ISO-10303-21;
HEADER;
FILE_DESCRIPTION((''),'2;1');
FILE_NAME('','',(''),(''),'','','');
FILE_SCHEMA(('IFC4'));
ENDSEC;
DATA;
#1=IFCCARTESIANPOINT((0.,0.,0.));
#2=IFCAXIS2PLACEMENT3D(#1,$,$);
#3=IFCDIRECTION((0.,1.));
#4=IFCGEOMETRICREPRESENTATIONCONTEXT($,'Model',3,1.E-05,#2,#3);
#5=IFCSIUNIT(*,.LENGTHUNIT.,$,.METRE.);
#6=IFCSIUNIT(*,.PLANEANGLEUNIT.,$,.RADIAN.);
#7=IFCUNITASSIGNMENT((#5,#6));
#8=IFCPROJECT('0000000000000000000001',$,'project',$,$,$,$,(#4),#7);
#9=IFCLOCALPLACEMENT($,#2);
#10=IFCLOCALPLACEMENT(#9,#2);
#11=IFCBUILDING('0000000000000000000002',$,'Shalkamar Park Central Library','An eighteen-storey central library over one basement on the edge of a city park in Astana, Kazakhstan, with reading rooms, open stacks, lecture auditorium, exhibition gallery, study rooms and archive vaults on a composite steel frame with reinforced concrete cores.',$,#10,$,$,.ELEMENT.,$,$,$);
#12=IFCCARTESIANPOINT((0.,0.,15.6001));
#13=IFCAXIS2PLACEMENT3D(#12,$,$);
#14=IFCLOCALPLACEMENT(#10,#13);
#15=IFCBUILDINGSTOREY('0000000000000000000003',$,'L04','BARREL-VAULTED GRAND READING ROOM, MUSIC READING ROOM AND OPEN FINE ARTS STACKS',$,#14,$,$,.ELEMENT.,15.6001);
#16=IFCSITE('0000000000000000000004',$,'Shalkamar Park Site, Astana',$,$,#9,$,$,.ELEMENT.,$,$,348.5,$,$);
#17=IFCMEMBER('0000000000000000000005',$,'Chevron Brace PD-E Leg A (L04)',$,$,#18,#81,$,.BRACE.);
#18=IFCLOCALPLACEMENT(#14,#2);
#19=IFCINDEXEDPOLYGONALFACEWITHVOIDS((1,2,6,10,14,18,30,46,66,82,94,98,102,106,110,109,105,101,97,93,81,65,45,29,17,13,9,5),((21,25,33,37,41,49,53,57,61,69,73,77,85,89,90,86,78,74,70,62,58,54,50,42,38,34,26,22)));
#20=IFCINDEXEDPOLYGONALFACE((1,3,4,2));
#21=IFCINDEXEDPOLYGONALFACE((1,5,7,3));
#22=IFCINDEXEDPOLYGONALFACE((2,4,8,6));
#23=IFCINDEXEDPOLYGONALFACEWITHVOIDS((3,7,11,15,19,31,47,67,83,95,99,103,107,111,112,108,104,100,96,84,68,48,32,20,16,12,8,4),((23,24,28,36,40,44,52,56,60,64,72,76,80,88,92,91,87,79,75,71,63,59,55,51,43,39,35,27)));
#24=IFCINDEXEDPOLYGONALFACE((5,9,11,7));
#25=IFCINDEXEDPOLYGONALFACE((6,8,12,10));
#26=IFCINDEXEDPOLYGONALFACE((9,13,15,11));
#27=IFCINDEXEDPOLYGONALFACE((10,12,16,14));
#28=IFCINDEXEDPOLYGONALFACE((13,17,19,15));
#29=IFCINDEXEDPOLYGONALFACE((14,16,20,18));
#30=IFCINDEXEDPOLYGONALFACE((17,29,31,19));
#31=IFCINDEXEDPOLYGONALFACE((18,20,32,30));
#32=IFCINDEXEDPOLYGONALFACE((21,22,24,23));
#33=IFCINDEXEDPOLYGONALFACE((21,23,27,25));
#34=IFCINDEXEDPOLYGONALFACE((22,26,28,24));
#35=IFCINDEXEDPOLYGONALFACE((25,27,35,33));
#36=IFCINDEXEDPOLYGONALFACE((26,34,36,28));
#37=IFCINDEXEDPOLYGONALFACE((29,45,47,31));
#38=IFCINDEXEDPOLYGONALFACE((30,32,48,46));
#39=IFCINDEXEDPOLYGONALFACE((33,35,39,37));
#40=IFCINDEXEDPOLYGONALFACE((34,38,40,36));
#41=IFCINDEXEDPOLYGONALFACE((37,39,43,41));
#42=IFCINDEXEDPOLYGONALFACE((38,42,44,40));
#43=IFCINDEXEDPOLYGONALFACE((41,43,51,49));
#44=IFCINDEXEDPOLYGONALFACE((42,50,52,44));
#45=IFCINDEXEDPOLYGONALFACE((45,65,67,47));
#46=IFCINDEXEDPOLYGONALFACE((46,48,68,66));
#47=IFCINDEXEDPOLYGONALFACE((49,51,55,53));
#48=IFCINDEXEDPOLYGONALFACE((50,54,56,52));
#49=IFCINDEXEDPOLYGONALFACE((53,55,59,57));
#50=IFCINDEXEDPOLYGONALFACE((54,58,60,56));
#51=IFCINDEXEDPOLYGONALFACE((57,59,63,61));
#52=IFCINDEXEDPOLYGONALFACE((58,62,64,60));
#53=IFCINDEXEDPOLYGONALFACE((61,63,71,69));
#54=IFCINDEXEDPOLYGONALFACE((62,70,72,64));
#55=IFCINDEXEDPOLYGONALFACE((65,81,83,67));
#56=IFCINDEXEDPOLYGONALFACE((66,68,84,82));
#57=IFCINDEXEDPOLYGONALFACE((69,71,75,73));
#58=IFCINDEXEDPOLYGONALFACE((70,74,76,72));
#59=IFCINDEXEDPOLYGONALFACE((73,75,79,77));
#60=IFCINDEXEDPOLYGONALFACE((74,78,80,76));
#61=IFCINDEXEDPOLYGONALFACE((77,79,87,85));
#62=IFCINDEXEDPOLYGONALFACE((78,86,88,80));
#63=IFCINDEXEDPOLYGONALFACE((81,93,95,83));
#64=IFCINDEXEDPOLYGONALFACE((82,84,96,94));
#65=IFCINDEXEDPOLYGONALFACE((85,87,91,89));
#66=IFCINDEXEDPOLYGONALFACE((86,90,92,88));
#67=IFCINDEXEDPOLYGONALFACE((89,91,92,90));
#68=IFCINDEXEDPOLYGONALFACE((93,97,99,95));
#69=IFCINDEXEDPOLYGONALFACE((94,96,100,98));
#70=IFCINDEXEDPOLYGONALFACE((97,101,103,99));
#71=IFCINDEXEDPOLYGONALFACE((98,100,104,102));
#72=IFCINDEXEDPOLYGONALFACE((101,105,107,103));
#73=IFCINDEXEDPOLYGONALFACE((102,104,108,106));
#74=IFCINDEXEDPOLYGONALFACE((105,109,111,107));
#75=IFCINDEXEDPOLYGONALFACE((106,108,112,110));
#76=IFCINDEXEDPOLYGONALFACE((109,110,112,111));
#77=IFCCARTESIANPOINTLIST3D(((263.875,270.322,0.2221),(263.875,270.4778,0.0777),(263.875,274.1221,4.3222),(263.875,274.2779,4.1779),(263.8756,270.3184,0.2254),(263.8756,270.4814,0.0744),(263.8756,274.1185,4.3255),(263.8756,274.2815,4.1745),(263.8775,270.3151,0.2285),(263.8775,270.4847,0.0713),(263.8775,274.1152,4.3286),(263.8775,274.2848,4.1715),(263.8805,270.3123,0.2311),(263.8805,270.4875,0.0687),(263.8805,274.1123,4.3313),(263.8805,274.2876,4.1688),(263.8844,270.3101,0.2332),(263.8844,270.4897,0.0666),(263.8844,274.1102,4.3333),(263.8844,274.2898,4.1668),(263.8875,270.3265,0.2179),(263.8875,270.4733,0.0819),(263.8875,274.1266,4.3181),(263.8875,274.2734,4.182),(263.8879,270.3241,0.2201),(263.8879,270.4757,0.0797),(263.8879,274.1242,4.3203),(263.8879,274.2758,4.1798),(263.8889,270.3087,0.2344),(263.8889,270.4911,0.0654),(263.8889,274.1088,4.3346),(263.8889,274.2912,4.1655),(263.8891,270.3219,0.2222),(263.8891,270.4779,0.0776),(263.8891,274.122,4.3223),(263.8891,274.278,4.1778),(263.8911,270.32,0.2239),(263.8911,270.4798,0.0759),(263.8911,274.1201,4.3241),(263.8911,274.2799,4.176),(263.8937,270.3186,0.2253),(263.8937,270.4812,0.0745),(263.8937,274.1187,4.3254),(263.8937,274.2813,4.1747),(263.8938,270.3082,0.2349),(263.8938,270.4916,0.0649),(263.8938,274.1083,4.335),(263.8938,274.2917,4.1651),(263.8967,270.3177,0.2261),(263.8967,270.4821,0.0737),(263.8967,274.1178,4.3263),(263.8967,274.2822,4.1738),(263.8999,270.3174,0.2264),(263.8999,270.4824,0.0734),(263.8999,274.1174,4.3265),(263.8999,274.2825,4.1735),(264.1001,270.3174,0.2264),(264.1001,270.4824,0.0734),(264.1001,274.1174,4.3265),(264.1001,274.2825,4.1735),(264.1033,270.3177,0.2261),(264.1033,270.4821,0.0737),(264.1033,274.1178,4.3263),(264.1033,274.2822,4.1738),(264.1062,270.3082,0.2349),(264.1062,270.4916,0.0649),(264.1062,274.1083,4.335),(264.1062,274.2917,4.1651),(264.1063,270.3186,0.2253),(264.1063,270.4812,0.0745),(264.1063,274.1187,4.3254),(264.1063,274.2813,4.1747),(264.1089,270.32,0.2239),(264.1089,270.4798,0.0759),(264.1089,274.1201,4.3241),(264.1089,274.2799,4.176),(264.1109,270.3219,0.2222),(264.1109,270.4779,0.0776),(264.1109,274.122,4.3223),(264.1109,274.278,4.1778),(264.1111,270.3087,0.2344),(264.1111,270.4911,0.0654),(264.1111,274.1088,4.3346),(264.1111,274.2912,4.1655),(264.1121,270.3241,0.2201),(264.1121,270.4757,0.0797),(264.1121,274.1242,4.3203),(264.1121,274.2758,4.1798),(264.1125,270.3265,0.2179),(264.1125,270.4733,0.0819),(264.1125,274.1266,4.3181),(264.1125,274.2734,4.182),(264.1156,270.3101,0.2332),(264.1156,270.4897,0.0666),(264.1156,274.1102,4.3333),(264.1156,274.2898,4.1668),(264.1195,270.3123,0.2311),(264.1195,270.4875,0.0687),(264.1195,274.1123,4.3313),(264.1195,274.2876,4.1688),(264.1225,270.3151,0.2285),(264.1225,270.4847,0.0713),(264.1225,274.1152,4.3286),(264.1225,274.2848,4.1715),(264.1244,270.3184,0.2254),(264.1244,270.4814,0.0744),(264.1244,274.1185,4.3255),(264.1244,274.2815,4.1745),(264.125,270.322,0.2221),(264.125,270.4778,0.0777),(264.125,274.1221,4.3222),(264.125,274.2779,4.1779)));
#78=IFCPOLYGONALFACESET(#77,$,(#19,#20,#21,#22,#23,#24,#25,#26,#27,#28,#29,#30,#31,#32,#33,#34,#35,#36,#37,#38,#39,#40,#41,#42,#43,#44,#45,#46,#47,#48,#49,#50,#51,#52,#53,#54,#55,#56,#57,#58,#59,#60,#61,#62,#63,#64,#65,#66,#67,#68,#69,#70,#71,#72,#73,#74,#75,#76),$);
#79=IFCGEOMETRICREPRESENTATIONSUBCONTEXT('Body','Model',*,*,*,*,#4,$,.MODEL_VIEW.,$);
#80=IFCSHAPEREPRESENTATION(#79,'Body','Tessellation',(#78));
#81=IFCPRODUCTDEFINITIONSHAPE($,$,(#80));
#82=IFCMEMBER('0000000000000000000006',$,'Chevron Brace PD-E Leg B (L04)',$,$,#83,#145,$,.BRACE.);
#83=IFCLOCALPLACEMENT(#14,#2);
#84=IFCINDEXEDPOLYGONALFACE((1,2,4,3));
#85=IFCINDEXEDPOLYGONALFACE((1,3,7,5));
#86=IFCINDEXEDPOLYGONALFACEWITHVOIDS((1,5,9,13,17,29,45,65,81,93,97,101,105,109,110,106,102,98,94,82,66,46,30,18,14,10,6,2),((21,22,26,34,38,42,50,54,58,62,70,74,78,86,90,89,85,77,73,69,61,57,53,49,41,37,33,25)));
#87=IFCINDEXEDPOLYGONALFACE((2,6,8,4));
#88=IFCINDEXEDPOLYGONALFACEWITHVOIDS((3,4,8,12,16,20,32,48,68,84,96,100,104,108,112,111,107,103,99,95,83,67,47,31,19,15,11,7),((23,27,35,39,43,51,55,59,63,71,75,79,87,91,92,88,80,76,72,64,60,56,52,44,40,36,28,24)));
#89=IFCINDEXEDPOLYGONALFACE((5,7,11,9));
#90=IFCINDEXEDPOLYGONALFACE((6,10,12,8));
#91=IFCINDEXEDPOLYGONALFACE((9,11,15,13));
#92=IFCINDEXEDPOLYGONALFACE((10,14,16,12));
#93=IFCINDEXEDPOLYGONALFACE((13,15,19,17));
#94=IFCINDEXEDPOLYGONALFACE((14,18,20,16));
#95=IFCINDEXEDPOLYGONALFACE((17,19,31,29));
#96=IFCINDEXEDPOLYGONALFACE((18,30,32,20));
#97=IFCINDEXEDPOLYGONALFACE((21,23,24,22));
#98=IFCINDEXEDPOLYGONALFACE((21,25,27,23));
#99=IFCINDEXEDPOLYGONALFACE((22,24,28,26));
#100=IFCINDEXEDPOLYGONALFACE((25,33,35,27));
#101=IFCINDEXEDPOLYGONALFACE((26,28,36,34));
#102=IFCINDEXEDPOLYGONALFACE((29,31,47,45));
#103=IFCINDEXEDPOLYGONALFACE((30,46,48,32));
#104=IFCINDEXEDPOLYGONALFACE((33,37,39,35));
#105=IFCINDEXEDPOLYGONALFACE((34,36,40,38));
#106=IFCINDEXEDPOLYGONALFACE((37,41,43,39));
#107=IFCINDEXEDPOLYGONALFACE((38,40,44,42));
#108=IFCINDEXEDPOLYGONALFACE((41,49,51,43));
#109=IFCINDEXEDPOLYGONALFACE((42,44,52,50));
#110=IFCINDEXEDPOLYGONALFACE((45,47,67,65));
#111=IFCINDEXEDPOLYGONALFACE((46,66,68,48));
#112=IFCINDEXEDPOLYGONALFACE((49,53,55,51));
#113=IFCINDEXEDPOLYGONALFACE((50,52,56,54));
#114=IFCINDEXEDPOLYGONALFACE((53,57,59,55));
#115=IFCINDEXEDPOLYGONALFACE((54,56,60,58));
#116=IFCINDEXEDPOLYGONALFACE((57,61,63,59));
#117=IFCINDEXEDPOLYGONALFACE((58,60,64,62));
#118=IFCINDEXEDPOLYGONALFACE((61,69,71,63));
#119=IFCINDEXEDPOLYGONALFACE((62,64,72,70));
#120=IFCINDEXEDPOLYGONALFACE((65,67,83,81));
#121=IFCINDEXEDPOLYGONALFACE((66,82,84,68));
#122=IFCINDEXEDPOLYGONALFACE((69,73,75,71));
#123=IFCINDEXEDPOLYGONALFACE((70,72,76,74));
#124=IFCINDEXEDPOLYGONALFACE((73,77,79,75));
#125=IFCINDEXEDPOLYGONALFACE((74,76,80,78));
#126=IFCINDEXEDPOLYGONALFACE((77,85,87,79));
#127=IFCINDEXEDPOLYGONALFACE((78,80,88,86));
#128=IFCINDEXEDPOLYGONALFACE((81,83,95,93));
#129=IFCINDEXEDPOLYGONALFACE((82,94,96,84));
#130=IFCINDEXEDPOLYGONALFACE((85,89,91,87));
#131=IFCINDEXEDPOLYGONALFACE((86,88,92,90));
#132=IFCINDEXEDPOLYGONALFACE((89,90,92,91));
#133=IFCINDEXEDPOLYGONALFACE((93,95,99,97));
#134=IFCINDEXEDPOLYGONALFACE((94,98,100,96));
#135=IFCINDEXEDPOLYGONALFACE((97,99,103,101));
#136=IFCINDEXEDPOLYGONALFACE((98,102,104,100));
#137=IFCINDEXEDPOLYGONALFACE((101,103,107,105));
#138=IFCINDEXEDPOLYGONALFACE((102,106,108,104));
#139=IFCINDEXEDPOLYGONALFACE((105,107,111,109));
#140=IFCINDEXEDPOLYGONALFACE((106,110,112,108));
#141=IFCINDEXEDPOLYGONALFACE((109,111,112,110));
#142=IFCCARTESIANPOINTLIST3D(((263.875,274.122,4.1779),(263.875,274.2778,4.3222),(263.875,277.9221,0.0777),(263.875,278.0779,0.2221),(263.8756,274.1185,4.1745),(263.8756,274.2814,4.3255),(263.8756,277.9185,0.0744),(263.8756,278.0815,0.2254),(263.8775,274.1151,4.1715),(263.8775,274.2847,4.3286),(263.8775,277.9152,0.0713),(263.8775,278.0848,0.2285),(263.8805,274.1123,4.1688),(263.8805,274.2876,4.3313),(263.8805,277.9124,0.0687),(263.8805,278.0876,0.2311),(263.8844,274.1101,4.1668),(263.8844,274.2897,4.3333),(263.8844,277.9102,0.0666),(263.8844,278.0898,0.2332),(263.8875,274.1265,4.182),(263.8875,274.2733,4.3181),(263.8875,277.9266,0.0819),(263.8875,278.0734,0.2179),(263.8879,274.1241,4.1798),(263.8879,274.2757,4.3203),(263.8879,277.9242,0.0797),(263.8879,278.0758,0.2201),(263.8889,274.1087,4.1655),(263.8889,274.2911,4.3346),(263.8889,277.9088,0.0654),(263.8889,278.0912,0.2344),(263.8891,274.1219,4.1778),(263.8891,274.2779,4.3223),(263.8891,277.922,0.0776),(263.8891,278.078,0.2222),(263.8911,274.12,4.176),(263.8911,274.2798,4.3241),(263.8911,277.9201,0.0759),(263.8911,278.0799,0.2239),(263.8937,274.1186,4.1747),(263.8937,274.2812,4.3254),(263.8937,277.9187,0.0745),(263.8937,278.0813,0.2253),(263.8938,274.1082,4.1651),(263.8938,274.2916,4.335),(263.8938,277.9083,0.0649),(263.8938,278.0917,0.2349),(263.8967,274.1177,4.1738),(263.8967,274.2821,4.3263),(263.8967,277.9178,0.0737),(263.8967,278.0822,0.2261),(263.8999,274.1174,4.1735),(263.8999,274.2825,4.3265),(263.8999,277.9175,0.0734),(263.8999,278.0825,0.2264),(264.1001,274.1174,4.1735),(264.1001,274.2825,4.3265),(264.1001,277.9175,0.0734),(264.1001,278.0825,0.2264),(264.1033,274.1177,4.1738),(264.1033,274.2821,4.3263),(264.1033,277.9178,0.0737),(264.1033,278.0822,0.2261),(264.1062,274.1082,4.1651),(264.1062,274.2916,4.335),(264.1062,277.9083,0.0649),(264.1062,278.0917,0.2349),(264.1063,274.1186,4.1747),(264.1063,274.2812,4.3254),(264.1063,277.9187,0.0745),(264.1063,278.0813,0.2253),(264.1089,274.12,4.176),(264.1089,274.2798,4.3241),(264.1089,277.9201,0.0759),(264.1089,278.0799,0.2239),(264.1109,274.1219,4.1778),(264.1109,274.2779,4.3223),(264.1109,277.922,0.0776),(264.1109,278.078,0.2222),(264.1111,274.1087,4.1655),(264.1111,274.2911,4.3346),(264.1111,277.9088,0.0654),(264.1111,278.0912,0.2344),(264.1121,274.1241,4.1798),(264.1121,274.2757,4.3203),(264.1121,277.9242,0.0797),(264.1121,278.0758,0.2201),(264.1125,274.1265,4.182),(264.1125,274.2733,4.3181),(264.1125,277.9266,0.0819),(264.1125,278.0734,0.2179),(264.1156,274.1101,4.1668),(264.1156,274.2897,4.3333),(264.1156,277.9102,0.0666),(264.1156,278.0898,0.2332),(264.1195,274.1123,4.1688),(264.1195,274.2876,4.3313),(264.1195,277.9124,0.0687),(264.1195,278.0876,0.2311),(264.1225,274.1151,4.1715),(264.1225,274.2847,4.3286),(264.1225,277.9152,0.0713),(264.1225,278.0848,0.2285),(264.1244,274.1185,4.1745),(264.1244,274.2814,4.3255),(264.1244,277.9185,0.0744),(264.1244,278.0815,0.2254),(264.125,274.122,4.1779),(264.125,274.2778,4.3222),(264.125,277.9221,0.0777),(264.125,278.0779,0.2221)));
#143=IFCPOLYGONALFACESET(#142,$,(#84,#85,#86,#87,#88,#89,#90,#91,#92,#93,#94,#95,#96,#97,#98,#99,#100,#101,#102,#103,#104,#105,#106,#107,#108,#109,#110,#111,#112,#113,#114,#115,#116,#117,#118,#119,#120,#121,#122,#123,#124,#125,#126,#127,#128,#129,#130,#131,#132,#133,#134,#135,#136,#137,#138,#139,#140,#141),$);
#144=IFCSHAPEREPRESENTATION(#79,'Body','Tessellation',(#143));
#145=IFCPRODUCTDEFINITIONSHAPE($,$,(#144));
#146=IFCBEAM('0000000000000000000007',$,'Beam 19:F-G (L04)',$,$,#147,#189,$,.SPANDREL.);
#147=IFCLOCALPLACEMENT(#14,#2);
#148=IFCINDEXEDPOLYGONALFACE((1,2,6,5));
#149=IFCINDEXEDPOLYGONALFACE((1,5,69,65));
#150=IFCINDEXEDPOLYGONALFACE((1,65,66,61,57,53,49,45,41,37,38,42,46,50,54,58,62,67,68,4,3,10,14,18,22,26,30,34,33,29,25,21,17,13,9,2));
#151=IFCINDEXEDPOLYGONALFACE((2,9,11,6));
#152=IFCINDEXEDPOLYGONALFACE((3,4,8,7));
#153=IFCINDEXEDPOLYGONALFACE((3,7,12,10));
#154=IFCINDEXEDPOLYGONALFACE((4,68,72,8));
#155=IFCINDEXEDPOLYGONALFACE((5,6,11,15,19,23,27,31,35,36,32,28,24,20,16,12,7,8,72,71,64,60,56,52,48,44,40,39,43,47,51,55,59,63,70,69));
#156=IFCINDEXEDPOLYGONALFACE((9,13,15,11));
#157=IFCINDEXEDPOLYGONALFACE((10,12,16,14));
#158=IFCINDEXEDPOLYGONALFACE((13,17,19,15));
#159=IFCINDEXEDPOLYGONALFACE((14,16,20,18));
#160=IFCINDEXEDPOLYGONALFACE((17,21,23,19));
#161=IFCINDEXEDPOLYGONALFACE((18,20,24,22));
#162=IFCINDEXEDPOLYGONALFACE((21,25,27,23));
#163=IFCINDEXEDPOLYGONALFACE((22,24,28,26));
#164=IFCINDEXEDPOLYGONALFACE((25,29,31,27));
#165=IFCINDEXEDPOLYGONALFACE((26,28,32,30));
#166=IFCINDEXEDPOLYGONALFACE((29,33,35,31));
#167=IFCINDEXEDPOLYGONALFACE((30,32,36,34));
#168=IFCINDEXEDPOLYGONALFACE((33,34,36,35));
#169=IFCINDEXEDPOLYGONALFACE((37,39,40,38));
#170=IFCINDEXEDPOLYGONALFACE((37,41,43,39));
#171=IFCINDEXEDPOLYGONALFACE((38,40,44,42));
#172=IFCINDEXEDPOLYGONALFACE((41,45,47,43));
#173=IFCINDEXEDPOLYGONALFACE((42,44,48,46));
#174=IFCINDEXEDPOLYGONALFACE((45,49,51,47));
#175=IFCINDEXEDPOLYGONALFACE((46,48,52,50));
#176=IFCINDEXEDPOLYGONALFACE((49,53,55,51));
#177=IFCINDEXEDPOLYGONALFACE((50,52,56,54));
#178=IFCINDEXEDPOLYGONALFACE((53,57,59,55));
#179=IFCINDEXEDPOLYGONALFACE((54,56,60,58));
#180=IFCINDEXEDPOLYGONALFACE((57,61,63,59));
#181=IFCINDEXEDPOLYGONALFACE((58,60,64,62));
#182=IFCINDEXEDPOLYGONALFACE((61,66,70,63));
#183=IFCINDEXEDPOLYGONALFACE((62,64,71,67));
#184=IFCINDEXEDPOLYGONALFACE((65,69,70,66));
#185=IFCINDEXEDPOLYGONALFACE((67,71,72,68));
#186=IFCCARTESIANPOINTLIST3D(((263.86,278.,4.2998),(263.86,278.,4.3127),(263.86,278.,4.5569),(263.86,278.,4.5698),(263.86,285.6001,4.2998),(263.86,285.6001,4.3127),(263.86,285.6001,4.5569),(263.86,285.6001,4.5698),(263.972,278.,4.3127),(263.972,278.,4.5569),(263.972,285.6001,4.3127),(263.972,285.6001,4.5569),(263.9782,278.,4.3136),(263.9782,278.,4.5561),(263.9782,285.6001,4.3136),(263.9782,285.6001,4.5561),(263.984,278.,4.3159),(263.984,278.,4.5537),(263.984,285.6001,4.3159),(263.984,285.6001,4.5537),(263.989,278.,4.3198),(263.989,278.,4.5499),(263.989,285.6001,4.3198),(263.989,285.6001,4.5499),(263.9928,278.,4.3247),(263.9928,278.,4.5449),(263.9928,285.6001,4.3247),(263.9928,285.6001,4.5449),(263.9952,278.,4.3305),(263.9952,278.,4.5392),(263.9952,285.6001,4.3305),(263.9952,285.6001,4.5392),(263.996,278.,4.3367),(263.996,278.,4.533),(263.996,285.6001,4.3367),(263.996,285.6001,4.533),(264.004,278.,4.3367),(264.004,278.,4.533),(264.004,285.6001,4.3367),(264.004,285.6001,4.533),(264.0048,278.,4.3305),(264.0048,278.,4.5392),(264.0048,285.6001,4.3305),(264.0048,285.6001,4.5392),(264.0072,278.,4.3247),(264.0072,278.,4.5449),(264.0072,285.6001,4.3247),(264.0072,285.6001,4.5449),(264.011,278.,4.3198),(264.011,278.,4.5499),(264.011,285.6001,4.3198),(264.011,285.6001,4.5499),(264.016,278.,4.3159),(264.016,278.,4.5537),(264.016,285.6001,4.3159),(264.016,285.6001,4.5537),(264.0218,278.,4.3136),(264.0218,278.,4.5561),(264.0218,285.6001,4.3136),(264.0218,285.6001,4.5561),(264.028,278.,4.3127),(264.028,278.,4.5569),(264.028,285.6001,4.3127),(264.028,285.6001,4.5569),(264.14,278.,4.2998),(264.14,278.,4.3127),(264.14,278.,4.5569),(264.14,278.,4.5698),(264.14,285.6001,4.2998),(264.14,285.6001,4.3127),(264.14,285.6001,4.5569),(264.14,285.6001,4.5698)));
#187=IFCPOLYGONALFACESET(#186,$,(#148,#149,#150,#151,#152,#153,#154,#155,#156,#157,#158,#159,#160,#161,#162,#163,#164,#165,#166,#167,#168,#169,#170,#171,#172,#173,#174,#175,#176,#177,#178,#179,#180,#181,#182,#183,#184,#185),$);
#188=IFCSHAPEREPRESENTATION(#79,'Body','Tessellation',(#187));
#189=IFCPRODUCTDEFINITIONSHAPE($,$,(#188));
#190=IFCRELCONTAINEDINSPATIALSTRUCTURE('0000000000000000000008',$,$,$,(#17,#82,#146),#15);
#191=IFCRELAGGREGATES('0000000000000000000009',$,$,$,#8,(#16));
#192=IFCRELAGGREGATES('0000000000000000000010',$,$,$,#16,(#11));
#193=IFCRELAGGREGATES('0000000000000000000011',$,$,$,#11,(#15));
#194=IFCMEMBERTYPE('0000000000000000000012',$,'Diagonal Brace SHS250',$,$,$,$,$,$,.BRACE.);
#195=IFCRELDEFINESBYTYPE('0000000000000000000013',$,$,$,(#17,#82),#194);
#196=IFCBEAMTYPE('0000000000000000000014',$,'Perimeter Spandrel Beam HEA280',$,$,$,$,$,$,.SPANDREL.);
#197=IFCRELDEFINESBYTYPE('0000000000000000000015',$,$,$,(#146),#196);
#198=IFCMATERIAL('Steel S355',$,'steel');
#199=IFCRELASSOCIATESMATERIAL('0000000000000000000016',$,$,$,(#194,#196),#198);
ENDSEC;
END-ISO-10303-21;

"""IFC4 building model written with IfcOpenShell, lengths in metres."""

from ifc_helpers import new_model, si_unit, direction, frame, origin, origin_2d, place, context, subcontext, project, spatial, hollow_rectangle, i_section, extrude, material, material_profile, profile_set, type_object, element, save


model = new_model("IFC4")

# Units and contexts
model_context = context("Model", 3, precision=1e-05, world=origin(), true_north=direction((0.0, 1.0)))
body_context = subcontext(model_context, "Body", "Model", "MODEL_VIEW")
ifc_project = project(units=[si_unit("LENGTHUNIT", "METRE"), si_unit("PLANEANGLEUNIT", "RADIAN")], contexts=[model_context])

# Site, building, storey
site_placement = place(None, origin())
site = spatial("IfcSite", under=ifc_project, at=site_placement, Name="Shalkamar Park Site, Astana", CompositionType="ELEMENT", RefElevation=348.5)
building_placement = place(site_placement, origin())
building = spatial("IfcBuilding", under=site, at=building_placement, Name="Shalkamar Park Central Library", Description="An eighteen-storey central library over one basement on the edge of a city park in Astana, Kazakhstan, with reading rooms, open stacks, lecture auditorium, exhibition gallery, study rooms and archive vaults on a composite steel frame with reinforced concrete cores.", CompositionType="ELEMENT")
storey_placement = place(building_placement, frame((0.0, 0.0, 15.6001)))
storey = spatial("IfcBuildingStorey", under=building, at=storey_placement, Name="L04", Description="BARREL-VAULTED GRAND READING ROOM, MUSIC READING ROOM AND OPEN FINE ARTS STACKS", CompositionType="ELEMENT", Elevation=15.6001)

# Shared definitions
ifc_material_1 = material(Name="Steel S355", Category="steel")

# Members
ifc_material_profile_1 = material_profile(ifc_material_1, hollow_rectangle(XDim=0.25, YDim=0.25, WallThickness=0.0125, InnerFilletRadius=0.0125, OuterFilletRadius=0.0188, at=origin_2d()), Name="SHS 250x250x12.5")
ifc_profile_set_1 = profile_set([ifc_material_profile_1], Name="Steel S355")
member_type_1 = type_object("IfcMemberType", Name="Diagonal Brace SHS250", PredefinedType="BRACE", material=ifc_profile_set_1)
for number, where, z_axis, x_axis, name in (
    (1, (264.0, 270.3999, 0.1499), (0.0, 0.679761, 0.733434), (-1.0, 0.0, 0.0), "Chevron Brace PD-E Leg A (L04)"),
    (2, (264.0, 278.0, 0.1499), (0.0, -0.679761, 0.733434), (1.0, 0.0, 0.0), "Chevron Brace PD-E Leg B (L04)"),
):
    element("IfcMember", number, at=place(storey_placement, frame(where, z_axis=z_axis, x_axis=x_axis)), inside=storey, type_object=member_type_1, Name=name, PredefinedType="BRACE", context=body_context, shape_type="SweptSolid", body=[
        extrude(hollow_rectangle(XDim=0.25, YDim=0.25, WallThickness=0.0125, InnerFilletRadius=0.0125, OuterFilletRadius=0.0188, at=origin_2d()), origin(), (0.0, 0.0, 1.0), 5.5903),
    ])

# Beam
ifc_material_profile_2 = material_profile(ifc_material_1, i_section(OverallWidth=0.28, OverallDepth=0.27, WebThickness=0.0081, FlangeThickness=0.0129, FilletRadius=0.0239, at=origin_2d()), Name="HEA 280")
ifc_profile_set_2 = profile_set([ifc_material_profile_2], Name="Steel S355")
beam_type_1 = type_object("IfcBeamType", Name="Perimeter Spandrel Beam HEA280", PredefinedType="SPANDREL", material=ifc_profile_set_2)
beam_1_placement = place(storey_placement, frame((264.0, 278.0, 4.4348), z_axis=(0.0, 1.0, 0.0), x_axis=(-1.0, 0.0, 0.0)))
element("IfcBeam", 3, at=beam_1_placement, inside=storey, type_object=beam_type_1, Name="Beam 19:F-G (L04)", PredefinedType="SPANDREL", context=body_context, shape_type="SweptSolid", body=[
    extrude(i_section(OverallWidth=0.28, OverallDepth=0.27, WebThickness=0.0081, FlangeThickness=0.0129, FilletRadius=0.0239, at=origin_2d()), origin(), (0.0, 0.0, 1.0), 7.6001),
])

save(model, "model.ifc")
